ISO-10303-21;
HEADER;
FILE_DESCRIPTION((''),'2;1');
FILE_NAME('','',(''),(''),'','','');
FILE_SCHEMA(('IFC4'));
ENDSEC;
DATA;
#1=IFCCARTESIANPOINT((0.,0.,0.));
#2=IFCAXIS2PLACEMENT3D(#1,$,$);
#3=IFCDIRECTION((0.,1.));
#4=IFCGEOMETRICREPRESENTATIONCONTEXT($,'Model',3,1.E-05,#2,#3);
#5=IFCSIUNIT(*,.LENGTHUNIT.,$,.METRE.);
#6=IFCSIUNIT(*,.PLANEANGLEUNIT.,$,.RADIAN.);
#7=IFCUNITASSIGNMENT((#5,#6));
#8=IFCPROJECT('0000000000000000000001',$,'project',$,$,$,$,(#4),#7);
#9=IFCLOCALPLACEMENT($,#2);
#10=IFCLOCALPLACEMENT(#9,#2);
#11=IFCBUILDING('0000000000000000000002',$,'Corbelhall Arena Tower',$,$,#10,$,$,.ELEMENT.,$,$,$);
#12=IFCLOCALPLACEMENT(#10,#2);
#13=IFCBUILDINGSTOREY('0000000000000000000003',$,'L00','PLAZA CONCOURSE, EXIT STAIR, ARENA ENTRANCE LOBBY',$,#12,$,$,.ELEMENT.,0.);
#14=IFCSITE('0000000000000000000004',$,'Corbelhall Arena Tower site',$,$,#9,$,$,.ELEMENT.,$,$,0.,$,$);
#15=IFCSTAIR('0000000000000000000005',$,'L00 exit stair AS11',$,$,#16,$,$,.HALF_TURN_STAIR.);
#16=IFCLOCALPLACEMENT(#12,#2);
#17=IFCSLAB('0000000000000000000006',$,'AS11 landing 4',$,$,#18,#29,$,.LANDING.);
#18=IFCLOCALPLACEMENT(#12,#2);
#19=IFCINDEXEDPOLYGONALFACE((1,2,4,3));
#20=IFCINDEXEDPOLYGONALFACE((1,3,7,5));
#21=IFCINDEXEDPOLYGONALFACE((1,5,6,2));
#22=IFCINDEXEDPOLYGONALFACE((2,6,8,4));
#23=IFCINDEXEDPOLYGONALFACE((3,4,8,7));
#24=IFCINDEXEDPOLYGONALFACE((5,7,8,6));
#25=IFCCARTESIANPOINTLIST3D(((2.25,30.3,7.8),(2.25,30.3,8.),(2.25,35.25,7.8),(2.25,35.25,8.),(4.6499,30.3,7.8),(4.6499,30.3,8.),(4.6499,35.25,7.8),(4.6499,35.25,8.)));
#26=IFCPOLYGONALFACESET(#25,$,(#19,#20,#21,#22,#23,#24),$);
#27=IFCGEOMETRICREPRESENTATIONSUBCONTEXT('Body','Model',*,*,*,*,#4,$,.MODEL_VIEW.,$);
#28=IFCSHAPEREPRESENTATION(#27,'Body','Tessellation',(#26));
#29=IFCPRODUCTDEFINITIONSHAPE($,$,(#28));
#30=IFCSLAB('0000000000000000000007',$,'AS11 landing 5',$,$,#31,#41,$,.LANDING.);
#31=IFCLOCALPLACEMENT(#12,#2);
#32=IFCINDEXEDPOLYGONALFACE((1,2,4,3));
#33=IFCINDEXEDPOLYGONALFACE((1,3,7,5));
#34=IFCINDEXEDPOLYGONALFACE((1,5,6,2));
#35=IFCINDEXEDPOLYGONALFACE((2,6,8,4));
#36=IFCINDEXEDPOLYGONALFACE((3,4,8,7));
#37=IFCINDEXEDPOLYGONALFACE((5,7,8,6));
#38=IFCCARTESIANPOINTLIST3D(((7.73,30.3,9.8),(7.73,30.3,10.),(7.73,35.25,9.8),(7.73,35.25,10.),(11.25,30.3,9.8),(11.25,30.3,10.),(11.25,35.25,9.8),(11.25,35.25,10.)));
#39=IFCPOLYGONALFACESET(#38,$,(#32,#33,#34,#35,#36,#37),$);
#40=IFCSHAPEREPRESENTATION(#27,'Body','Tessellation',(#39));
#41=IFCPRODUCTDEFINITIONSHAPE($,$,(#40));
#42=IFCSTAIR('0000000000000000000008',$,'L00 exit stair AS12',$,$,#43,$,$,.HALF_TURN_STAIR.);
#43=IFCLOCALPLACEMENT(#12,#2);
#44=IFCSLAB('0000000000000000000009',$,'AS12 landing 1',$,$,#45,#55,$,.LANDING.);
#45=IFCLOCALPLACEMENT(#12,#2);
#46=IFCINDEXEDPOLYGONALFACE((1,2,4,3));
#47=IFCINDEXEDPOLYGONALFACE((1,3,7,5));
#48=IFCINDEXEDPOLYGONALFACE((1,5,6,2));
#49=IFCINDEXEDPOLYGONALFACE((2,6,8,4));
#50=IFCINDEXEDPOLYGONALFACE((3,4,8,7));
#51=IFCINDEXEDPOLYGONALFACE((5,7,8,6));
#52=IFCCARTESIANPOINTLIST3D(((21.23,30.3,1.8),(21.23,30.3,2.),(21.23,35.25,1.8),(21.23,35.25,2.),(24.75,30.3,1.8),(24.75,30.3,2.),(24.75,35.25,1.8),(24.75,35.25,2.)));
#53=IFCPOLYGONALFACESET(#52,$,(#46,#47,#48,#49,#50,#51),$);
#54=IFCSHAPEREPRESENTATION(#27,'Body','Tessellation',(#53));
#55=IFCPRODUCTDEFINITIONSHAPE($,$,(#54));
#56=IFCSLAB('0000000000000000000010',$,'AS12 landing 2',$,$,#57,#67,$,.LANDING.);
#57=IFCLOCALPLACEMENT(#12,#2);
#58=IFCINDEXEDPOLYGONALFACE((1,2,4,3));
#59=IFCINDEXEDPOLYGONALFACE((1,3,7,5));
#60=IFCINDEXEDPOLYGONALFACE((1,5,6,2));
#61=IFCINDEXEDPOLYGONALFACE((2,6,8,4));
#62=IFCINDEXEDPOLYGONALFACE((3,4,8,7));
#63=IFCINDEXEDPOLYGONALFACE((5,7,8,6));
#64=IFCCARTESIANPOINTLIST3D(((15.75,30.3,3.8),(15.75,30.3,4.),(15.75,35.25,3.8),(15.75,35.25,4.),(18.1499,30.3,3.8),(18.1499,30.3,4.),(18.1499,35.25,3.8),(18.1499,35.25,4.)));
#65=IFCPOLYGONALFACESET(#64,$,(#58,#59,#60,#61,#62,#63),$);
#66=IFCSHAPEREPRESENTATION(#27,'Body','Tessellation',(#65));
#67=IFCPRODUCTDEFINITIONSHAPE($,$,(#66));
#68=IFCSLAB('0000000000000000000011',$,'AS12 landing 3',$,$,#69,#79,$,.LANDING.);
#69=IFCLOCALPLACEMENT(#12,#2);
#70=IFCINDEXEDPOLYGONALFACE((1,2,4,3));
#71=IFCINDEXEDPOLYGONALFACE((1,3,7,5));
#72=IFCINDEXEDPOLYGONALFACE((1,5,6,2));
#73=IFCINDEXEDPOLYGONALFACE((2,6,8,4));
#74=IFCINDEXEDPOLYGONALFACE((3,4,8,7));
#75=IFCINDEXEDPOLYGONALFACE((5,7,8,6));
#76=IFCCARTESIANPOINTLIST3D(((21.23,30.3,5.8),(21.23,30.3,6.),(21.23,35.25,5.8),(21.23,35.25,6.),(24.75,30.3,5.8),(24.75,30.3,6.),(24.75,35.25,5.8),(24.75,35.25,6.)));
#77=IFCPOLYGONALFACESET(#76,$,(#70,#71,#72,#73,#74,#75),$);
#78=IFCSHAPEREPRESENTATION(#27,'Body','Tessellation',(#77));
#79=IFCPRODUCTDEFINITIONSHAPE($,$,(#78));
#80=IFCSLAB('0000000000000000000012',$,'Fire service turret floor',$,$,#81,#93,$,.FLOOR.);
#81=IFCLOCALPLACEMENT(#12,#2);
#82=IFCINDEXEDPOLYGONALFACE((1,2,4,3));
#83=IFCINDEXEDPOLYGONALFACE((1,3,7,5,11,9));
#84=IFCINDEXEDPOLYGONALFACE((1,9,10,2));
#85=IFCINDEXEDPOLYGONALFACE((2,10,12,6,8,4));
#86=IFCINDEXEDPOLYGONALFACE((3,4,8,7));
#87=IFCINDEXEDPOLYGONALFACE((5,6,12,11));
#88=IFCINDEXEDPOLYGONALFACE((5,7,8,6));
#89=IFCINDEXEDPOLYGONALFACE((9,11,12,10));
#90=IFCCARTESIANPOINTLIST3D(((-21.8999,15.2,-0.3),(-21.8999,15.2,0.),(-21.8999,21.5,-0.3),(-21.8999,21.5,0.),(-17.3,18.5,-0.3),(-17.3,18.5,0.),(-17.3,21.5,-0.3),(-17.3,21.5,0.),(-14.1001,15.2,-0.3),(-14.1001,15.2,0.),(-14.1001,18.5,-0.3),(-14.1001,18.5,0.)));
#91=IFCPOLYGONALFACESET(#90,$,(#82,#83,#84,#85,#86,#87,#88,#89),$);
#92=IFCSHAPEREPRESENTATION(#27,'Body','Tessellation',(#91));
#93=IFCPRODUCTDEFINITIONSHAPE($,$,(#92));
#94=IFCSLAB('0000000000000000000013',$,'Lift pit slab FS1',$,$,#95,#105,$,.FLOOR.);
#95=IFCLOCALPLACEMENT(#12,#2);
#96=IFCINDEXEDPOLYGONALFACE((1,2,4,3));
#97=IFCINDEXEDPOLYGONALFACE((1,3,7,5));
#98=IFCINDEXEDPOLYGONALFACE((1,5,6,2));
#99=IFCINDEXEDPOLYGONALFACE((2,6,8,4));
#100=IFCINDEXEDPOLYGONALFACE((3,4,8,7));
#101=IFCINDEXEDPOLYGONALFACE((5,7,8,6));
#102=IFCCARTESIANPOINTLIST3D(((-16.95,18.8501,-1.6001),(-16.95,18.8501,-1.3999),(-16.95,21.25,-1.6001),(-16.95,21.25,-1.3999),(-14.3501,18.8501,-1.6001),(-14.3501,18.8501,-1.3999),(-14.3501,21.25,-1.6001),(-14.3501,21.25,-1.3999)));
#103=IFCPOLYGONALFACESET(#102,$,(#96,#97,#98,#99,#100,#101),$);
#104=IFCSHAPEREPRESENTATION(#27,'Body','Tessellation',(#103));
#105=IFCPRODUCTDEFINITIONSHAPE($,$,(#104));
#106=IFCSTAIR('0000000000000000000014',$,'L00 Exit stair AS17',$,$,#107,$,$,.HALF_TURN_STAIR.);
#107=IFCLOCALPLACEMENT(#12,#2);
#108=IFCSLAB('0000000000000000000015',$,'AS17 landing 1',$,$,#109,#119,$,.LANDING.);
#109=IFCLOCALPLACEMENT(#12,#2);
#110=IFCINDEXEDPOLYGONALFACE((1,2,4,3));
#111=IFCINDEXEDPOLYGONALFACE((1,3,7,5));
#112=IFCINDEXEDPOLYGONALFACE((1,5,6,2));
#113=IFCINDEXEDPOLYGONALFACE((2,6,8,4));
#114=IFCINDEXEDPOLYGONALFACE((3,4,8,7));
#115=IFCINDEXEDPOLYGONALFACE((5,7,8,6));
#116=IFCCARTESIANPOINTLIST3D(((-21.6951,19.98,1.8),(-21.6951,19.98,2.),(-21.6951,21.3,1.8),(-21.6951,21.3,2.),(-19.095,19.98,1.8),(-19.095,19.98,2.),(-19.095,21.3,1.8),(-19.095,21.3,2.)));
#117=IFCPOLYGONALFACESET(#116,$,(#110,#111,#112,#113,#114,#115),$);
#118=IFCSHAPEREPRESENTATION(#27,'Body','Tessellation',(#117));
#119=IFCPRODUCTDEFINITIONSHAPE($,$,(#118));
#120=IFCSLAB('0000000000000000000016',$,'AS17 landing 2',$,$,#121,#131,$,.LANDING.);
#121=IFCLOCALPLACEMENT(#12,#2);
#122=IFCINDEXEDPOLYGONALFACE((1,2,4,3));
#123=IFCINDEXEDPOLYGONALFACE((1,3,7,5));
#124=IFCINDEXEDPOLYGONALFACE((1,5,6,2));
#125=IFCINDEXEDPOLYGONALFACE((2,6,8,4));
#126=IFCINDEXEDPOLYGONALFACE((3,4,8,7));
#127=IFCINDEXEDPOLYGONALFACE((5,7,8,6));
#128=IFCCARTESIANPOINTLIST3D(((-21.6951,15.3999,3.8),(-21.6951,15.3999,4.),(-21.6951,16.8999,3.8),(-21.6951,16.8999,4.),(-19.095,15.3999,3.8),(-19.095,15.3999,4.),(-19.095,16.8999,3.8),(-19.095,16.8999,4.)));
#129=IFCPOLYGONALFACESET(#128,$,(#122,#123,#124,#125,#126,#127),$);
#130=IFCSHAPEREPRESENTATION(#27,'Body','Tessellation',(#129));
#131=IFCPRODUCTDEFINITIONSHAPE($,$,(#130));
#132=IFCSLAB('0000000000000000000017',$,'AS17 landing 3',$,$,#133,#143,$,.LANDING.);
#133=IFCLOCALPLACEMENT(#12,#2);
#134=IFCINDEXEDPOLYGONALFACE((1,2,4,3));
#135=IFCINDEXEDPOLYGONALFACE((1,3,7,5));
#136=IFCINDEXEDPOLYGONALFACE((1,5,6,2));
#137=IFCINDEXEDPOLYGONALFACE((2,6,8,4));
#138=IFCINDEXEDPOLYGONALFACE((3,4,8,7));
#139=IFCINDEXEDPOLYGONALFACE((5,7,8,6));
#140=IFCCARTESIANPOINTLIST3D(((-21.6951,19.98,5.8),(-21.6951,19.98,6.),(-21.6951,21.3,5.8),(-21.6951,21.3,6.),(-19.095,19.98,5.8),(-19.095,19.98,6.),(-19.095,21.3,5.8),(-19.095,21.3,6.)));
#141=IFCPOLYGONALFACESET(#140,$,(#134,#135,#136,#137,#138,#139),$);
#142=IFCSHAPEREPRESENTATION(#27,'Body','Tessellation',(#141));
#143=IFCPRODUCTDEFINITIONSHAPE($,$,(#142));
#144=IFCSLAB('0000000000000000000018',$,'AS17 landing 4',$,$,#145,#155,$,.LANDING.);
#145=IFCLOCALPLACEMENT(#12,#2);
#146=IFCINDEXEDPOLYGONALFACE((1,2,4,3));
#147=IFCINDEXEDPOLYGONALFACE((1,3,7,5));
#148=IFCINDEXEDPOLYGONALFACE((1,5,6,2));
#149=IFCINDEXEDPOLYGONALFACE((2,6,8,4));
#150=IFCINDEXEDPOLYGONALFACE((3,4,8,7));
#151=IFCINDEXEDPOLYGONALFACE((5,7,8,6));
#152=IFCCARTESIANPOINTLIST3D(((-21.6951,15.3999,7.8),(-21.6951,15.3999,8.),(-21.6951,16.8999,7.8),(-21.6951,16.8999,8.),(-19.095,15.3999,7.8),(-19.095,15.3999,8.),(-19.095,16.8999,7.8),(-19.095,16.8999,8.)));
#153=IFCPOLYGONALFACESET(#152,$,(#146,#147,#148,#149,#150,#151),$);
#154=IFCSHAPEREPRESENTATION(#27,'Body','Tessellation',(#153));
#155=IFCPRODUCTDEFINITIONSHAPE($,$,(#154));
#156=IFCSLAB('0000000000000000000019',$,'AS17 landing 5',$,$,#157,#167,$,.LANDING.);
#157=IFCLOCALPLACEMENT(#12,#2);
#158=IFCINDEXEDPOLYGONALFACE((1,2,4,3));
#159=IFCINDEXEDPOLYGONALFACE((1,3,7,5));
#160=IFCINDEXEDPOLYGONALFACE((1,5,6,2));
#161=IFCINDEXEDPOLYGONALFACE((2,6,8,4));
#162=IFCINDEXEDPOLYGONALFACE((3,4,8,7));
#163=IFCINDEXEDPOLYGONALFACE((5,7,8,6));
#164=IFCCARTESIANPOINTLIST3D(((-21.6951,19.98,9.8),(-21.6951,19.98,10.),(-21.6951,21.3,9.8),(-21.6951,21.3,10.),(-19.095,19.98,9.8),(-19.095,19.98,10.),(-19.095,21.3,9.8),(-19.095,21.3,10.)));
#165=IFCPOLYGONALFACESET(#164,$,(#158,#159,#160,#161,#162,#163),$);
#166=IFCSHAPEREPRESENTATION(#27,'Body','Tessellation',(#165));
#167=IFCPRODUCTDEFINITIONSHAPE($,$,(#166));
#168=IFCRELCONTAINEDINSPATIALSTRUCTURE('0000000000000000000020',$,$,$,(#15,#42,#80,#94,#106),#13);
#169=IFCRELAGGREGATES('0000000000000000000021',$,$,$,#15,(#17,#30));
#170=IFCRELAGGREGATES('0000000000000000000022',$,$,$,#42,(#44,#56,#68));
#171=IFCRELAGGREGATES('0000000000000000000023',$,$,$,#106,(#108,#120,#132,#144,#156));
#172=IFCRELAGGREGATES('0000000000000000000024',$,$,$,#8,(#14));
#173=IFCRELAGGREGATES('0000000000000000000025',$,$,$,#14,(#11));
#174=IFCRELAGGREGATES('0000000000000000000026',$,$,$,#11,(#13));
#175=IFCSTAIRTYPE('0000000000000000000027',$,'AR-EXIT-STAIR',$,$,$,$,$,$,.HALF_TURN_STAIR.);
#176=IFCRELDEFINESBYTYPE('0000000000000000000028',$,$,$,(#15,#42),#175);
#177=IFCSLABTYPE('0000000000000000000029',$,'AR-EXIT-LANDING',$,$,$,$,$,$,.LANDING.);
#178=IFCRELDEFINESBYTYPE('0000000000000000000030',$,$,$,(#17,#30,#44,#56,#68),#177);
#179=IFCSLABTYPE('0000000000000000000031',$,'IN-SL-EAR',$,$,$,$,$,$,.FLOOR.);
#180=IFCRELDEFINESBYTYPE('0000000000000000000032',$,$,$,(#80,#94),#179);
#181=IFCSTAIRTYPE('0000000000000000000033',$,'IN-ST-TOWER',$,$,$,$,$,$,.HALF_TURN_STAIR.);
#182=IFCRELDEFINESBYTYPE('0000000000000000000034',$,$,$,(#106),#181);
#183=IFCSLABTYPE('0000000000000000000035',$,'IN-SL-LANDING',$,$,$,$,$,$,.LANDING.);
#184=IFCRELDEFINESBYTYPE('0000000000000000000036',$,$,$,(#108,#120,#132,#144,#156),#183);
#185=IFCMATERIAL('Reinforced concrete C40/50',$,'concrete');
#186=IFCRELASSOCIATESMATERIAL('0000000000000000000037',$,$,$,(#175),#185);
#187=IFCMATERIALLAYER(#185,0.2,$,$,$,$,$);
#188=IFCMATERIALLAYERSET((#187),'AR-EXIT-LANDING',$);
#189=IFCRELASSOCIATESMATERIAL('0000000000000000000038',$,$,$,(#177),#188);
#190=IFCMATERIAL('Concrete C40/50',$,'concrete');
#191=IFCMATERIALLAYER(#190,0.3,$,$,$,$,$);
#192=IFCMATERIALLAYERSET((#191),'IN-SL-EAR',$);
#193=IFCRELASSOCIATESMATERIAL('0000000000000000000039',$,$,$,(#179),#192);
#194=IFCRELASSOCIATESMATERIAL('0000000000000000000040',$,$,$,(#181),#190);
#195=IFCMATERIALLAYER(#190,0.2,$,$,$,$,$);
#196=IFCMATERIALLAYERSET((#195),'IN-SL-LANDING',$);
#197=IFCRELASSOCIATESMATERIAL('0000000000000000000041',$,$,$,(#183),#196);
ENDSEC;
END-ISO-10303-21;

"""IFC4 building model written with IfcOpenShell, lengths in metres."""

from ifc_helpers import new_model, si_unit, direction, frame, origin, place, context, subcontext, project, spatial, polyline, outline, extrude, material, layer, layer_set, type_object, element, aggregate, save


model = new_model("IFC4")

# Units and contexts
model_context = context("Model", 3, precision=1e-05, world=origin(), true_north=direction((0.0, 1.0)))
body_context = subcontext(model_context, "Body", "Model", "MODEL_VIEW")
ifc_project = project(units=[si_unit("LENGTHUNIT", "METRE"), si_unit("PLANEANGLEUNIT", "RADIAN")], contexts=[model_context])

# Site, building, storey
site_placement = place(None, origin())
site = spatial("IfcSite", under=ifc_project, at=site_placement, Name="Corbelhall Arena Tower site", CompositionType="ELEMENT", RefElevation=0.0)
building_placement = place(site_placement, origin())
building = spatial("IfcBuilding", under=site, at=building_placement, Name="Corbelhall Arena Tower", CompositionType="ELEMENT")
storey_placement = place(building_placement, origin())
storey = spatial("IfcBuildingStorey", under=building, at=storey_placement, Name="L00", Description="PLAZA CONCOURSE, EXIT STAIR, ARENA ENTRANCE LOBBY", CompositionType="ELEMENT", Elevation=0.0)

# Stairs, slabs
ifc_material_1 = material(Name="Reinforced concrete C40/50", Category="concrete")
stair_type_1 = type_object("IfcStairType", Name="AR-EXIT-STAIR", PredefinedType="HALF_TURN_STAIR", material=ifc_material_1)
ifc_layer_1 = layer(ifc_material_1, 0.2)
ifc_layer_set_1 = layer_set([ifc_layer_1], Name="AR-EXIT-LANDING")
slab_type_1 = type_object("IfcSlabType", Name="AR-EXIT-LANDING", PredefinedType="LANDING", material=ifc_layer_set_1)
stair_1_placement = place(storey_placement, origin())
stair_1 = element("IfcStair", 1, at=stair_1_placement, inside=storey, type_object=stair_type_1, Name="L00 exit stair AS11", PredefinedType="HALF_TURN_STAIR")
slab_1_placement = place(storey_placement, frame((0.0, 0.0, 7.8)))
slab_1 = element("IfcSlab", 2, at=slab_1_placement, type_object=slab_type_1, Name="AS11 landing 4", PredefinedType="LANDING", context=body_context, shape_type="SweptSolid", body=[
    extrude(outline(polyline([(2.25, 30.3), (4.6499, 30.3), (4.6499, 35.25), (2.25, 35.25), (2.25, 30.3)])), origin(), (0.0, 0.0, 1.0), 0.2),
])
slab_2_placement = place(storey_placement, frame((0.0, 0.0, 9.8)))
slab_2 = element("IfcSlab", 3, at=slab_2_placement, type_object=slab_type_1, Name="AS11 landing 5", PredefinedType="LANDING", context=body_context, shape_type="SweptSolid", body=[
    extrude(outline(polyline([(7.73, 30.3), (11.25, 30.3), (11.25, 35.25), (7.73, 35.25), (7.73, 30.3)])), origin(), (0.0, 0.0, 1.0), 0.2),
])
aggregate(stair_1, [slab_1, slab_2])
stair_2_placement = place(storey_placement, origin())
stair_2 = element("IfcStair", 4, at=stair_2_placement, inside=storey, type_object=stair_type_1, Name="L00 exit stair AS12", PredefinedType="HALF_TURN_STAIR")
slab_3_placement = place(storey_placement, frame((0.0, 0.0, 1.8)))
slab_3 = element("IfcSlab", 5, at=slab_3_placement, type_object=slab_type_1, Name="AS12 landing 1", PredefinedType="LANDING", context=body_context, shape_type="SweptSolid", body=[
    extrude(outline(polyline([(21.23, 30.3), (24.75, 30.3), (24.75, 35.25), (21.23, 35.25), (21.23, 30.3)])), origin(), (0.0, 0.0, 1.0), 0.2),
])
slab_4_placement = place(storey_placement, frame((0.0, 0.0, 3.8)))
slab_4 = element("IfcSlab", 6, at=slab_4_placement, type_object=slab_type_1, Name="AS12 landing 2", PredefinedType="LANDING", context=body_context, shape_type="SweptSolid", body=[
    extrude(outline(polyline([(15.75, 30.3), (18.1499, 30.3), (18.1499, 35.25), (15.75, 35.25), (15.75, 30.3)])), origin(), (0.0, 0.0, 1.0), 0.2),
])
slab_5_placement = place(storey_placement, frame((0.0, 0.0, 5.8)))
slab_5 = element("IfcSlab", 7, at=slab_5_placement, type_object=slab_type_1, Name="AS12 landing 3", PredefinedType="LANDING", context=body_context, shape_type="SweptSolid", body=[
    extrude(outline(polyline([(21.23, 30.3), (24.75, 30.3), (24.75, 35.25), (21.23, 35.25), (21.23, 30.3)])), origin(), (0.0, 0.0, 1.0), 0.2),
])
aggregate(stair_2, [slab_3, slab_4, slab_5])

# Slabs
ifc_material_2 = material(Name="Concrete C40/50", Category="concrete")
ifc_layer_2 = layer(ifc_material_2, 0.3)
ifc_layer_set_2 = layer_set([ifc_layer_2], Name="IN-SL-EAR")
slab_type_2 = type_object("IfcSlabType", Name="IN-SL-EAR", PredefinedType="FLOOR", material=ifc_layer_set_2)
slab_6_placement = place(storey_placement, frame((0.0, 0.0, -0.3)))
element("IfcSlab", 8, at=slab_6_placement, inside=storey, type_object=slab_type_2, Name="Fire service turret floor", PredefinedType="FLOOR", context=body_context, shape_type="SweptSolid", body=[
    extrude(outline(polyline([(-14.1001, 15.2), (-14.1001, 18.5), (-17.3, 18.5), (-17.3, 21.5), (-21.8999, 21.5), (-21.8999, 15.2), (-14.1001, 15.2)])), origin(), (0.0, 0.0, 1.0), 0.3),
])
slab_7_placement = place(storey_placement, frame((0.0, 0.0, -1.6001)))
element("IfcSlab", 9, at=slab_7_placement, inside=storey, type_object=slab_type_2, Name="Lift pit slab FS1", PredefinedType="FLOOR", context=body_context, shape_type="SweptSolid", body=[
    extrude(outline(polyline([(-14.3501, 18.8501), (-14.3501, 21.25), (-16.95, 21.25), (-16.95, 18.8501), (-14.3501, 18.8501)])), origin(), (0.0, 0.0, 1.0), 0.2002),
])

# Stair, slabs
stair_type_2 = type_object("IfcStairType", Name="IN-ST-TOWER", PredefinedType="HALF_TURN_STAIR", material=ifc_material_2)
stair_3_placement = place(storey_placement, origin())
stair_3 = element("IfcStair", 10, at=stair_3_placement, inside=storey, type_object=stair_type_2, Name="L00 Exit stair AS17", PredefinedType="HALF_TURN_STAIR")
ifc_layer_3 = layer(ifc_material_2, 0.2)
ifc_layer_set_3 = layer_set([ifc_layer_3], Name="IN-SL-LANDING")
slab_type_3 = type_object("IfcSlabType", Name="IN-SL-LANDING", PredefinedType="LANDING", material=ifc_layer_set_3)
slab_8_placement = place(storey_placement, frame((0.0, 0.0, 1.8)))
slab_8 = element("IfcSlab", 11, at=slab_8_placement, type_object=slab_type_3, Name="AS17 landing 1", PredefinedType="LANDING", context=body_context, shape_type="SweptSolid", body=[
    extrude(outline(polyline([(-19.095, 19.98), (-19.095, 21.3), (-21.6951, 21.3), (-21.6951, 19.98), (-19.095, 19.98)])), origin(), (0.0, 0.0, 1.0), 0.2),
])
slab_9_placement = place(storey_placement, frame((0.0, 0.0, 3.8)))
slab_9 = element("IfcSlab", 12, at=slab_9_placement, type_object=slab_type_3, Name="AS17 landing 2", PredefinedType="LANDING", context=body_context, shape_type="SweptSolid", body=[
    extrude(outline(polyline([(-19.095, 15.3999), (-19.095, 16.8999), (-21.6951, 16.8999), (-21.6951, 15.3999), (-19.095, 15.3999)])), origin(), (0.0, 0.0, 1.0), 0.2),
])
slab_10_placement = place(storey_placement, frame((0.0, 0.0, 5.8)))
slab_10 = element("IfcSlab", 13, at=slab_10_placement, type_object=slab_type_3, Name="AS17 landing 3", PredefinedType="LANDING", context=body_context, shape_type="SweptSolid", body=[
    extrude(outline(polyline([(-19.095, 19.98), (-19.095, 21.3), (-21.6951, 21.3), (-21.6951, 19.98), (-19.095, 19.98)])), origin(), (0.0, 0.0, 1.0), 0.2),
])
slab_11_placement = place(storey_placement, frame((0.0, 0.0, 7.8)))
slab_11 = element("IfcSlab", 14, at=slab_11_placement, type_object=slab_type_3, Name="AS17 landing 4", PredefinedType="LANDING", context=body_context, shape_type="SweptSolid", body=[
    extrude(outline(polyline([(-19.095, 15.3999), (-19.095, 16.8999), (-21.6951, 16.8999), (-21.6951, 15.3999), (-19.095, 15.3999)])), origin(), (0.0, 0.0, 1.0), 0.2),
])
slab_12_placement = place(storey_placement, frame((0.0, 0.0, 9.8)))
slab_12 = element("IfcSlab", 15, at=slab_12_placement, type_object=slab_type_3, Name="AS17 landing 5", PredefinedType="LANDING", context=body_context, shape_type="SweptSolid", body=[
    extrude(outline(polyline([(-19.095, 19.98), (-19.095, 21.3), (-21.6951, 21.3), (-21.6951, 19.98), (-19.095, 19.98)])), origin(), (0.0, 0.0, 1.0), 0.2),
])
aggregate(stair_3, [slab_8, slab_9, slab_10, slab_11, slab_12])

save(model, "model.ifc")
